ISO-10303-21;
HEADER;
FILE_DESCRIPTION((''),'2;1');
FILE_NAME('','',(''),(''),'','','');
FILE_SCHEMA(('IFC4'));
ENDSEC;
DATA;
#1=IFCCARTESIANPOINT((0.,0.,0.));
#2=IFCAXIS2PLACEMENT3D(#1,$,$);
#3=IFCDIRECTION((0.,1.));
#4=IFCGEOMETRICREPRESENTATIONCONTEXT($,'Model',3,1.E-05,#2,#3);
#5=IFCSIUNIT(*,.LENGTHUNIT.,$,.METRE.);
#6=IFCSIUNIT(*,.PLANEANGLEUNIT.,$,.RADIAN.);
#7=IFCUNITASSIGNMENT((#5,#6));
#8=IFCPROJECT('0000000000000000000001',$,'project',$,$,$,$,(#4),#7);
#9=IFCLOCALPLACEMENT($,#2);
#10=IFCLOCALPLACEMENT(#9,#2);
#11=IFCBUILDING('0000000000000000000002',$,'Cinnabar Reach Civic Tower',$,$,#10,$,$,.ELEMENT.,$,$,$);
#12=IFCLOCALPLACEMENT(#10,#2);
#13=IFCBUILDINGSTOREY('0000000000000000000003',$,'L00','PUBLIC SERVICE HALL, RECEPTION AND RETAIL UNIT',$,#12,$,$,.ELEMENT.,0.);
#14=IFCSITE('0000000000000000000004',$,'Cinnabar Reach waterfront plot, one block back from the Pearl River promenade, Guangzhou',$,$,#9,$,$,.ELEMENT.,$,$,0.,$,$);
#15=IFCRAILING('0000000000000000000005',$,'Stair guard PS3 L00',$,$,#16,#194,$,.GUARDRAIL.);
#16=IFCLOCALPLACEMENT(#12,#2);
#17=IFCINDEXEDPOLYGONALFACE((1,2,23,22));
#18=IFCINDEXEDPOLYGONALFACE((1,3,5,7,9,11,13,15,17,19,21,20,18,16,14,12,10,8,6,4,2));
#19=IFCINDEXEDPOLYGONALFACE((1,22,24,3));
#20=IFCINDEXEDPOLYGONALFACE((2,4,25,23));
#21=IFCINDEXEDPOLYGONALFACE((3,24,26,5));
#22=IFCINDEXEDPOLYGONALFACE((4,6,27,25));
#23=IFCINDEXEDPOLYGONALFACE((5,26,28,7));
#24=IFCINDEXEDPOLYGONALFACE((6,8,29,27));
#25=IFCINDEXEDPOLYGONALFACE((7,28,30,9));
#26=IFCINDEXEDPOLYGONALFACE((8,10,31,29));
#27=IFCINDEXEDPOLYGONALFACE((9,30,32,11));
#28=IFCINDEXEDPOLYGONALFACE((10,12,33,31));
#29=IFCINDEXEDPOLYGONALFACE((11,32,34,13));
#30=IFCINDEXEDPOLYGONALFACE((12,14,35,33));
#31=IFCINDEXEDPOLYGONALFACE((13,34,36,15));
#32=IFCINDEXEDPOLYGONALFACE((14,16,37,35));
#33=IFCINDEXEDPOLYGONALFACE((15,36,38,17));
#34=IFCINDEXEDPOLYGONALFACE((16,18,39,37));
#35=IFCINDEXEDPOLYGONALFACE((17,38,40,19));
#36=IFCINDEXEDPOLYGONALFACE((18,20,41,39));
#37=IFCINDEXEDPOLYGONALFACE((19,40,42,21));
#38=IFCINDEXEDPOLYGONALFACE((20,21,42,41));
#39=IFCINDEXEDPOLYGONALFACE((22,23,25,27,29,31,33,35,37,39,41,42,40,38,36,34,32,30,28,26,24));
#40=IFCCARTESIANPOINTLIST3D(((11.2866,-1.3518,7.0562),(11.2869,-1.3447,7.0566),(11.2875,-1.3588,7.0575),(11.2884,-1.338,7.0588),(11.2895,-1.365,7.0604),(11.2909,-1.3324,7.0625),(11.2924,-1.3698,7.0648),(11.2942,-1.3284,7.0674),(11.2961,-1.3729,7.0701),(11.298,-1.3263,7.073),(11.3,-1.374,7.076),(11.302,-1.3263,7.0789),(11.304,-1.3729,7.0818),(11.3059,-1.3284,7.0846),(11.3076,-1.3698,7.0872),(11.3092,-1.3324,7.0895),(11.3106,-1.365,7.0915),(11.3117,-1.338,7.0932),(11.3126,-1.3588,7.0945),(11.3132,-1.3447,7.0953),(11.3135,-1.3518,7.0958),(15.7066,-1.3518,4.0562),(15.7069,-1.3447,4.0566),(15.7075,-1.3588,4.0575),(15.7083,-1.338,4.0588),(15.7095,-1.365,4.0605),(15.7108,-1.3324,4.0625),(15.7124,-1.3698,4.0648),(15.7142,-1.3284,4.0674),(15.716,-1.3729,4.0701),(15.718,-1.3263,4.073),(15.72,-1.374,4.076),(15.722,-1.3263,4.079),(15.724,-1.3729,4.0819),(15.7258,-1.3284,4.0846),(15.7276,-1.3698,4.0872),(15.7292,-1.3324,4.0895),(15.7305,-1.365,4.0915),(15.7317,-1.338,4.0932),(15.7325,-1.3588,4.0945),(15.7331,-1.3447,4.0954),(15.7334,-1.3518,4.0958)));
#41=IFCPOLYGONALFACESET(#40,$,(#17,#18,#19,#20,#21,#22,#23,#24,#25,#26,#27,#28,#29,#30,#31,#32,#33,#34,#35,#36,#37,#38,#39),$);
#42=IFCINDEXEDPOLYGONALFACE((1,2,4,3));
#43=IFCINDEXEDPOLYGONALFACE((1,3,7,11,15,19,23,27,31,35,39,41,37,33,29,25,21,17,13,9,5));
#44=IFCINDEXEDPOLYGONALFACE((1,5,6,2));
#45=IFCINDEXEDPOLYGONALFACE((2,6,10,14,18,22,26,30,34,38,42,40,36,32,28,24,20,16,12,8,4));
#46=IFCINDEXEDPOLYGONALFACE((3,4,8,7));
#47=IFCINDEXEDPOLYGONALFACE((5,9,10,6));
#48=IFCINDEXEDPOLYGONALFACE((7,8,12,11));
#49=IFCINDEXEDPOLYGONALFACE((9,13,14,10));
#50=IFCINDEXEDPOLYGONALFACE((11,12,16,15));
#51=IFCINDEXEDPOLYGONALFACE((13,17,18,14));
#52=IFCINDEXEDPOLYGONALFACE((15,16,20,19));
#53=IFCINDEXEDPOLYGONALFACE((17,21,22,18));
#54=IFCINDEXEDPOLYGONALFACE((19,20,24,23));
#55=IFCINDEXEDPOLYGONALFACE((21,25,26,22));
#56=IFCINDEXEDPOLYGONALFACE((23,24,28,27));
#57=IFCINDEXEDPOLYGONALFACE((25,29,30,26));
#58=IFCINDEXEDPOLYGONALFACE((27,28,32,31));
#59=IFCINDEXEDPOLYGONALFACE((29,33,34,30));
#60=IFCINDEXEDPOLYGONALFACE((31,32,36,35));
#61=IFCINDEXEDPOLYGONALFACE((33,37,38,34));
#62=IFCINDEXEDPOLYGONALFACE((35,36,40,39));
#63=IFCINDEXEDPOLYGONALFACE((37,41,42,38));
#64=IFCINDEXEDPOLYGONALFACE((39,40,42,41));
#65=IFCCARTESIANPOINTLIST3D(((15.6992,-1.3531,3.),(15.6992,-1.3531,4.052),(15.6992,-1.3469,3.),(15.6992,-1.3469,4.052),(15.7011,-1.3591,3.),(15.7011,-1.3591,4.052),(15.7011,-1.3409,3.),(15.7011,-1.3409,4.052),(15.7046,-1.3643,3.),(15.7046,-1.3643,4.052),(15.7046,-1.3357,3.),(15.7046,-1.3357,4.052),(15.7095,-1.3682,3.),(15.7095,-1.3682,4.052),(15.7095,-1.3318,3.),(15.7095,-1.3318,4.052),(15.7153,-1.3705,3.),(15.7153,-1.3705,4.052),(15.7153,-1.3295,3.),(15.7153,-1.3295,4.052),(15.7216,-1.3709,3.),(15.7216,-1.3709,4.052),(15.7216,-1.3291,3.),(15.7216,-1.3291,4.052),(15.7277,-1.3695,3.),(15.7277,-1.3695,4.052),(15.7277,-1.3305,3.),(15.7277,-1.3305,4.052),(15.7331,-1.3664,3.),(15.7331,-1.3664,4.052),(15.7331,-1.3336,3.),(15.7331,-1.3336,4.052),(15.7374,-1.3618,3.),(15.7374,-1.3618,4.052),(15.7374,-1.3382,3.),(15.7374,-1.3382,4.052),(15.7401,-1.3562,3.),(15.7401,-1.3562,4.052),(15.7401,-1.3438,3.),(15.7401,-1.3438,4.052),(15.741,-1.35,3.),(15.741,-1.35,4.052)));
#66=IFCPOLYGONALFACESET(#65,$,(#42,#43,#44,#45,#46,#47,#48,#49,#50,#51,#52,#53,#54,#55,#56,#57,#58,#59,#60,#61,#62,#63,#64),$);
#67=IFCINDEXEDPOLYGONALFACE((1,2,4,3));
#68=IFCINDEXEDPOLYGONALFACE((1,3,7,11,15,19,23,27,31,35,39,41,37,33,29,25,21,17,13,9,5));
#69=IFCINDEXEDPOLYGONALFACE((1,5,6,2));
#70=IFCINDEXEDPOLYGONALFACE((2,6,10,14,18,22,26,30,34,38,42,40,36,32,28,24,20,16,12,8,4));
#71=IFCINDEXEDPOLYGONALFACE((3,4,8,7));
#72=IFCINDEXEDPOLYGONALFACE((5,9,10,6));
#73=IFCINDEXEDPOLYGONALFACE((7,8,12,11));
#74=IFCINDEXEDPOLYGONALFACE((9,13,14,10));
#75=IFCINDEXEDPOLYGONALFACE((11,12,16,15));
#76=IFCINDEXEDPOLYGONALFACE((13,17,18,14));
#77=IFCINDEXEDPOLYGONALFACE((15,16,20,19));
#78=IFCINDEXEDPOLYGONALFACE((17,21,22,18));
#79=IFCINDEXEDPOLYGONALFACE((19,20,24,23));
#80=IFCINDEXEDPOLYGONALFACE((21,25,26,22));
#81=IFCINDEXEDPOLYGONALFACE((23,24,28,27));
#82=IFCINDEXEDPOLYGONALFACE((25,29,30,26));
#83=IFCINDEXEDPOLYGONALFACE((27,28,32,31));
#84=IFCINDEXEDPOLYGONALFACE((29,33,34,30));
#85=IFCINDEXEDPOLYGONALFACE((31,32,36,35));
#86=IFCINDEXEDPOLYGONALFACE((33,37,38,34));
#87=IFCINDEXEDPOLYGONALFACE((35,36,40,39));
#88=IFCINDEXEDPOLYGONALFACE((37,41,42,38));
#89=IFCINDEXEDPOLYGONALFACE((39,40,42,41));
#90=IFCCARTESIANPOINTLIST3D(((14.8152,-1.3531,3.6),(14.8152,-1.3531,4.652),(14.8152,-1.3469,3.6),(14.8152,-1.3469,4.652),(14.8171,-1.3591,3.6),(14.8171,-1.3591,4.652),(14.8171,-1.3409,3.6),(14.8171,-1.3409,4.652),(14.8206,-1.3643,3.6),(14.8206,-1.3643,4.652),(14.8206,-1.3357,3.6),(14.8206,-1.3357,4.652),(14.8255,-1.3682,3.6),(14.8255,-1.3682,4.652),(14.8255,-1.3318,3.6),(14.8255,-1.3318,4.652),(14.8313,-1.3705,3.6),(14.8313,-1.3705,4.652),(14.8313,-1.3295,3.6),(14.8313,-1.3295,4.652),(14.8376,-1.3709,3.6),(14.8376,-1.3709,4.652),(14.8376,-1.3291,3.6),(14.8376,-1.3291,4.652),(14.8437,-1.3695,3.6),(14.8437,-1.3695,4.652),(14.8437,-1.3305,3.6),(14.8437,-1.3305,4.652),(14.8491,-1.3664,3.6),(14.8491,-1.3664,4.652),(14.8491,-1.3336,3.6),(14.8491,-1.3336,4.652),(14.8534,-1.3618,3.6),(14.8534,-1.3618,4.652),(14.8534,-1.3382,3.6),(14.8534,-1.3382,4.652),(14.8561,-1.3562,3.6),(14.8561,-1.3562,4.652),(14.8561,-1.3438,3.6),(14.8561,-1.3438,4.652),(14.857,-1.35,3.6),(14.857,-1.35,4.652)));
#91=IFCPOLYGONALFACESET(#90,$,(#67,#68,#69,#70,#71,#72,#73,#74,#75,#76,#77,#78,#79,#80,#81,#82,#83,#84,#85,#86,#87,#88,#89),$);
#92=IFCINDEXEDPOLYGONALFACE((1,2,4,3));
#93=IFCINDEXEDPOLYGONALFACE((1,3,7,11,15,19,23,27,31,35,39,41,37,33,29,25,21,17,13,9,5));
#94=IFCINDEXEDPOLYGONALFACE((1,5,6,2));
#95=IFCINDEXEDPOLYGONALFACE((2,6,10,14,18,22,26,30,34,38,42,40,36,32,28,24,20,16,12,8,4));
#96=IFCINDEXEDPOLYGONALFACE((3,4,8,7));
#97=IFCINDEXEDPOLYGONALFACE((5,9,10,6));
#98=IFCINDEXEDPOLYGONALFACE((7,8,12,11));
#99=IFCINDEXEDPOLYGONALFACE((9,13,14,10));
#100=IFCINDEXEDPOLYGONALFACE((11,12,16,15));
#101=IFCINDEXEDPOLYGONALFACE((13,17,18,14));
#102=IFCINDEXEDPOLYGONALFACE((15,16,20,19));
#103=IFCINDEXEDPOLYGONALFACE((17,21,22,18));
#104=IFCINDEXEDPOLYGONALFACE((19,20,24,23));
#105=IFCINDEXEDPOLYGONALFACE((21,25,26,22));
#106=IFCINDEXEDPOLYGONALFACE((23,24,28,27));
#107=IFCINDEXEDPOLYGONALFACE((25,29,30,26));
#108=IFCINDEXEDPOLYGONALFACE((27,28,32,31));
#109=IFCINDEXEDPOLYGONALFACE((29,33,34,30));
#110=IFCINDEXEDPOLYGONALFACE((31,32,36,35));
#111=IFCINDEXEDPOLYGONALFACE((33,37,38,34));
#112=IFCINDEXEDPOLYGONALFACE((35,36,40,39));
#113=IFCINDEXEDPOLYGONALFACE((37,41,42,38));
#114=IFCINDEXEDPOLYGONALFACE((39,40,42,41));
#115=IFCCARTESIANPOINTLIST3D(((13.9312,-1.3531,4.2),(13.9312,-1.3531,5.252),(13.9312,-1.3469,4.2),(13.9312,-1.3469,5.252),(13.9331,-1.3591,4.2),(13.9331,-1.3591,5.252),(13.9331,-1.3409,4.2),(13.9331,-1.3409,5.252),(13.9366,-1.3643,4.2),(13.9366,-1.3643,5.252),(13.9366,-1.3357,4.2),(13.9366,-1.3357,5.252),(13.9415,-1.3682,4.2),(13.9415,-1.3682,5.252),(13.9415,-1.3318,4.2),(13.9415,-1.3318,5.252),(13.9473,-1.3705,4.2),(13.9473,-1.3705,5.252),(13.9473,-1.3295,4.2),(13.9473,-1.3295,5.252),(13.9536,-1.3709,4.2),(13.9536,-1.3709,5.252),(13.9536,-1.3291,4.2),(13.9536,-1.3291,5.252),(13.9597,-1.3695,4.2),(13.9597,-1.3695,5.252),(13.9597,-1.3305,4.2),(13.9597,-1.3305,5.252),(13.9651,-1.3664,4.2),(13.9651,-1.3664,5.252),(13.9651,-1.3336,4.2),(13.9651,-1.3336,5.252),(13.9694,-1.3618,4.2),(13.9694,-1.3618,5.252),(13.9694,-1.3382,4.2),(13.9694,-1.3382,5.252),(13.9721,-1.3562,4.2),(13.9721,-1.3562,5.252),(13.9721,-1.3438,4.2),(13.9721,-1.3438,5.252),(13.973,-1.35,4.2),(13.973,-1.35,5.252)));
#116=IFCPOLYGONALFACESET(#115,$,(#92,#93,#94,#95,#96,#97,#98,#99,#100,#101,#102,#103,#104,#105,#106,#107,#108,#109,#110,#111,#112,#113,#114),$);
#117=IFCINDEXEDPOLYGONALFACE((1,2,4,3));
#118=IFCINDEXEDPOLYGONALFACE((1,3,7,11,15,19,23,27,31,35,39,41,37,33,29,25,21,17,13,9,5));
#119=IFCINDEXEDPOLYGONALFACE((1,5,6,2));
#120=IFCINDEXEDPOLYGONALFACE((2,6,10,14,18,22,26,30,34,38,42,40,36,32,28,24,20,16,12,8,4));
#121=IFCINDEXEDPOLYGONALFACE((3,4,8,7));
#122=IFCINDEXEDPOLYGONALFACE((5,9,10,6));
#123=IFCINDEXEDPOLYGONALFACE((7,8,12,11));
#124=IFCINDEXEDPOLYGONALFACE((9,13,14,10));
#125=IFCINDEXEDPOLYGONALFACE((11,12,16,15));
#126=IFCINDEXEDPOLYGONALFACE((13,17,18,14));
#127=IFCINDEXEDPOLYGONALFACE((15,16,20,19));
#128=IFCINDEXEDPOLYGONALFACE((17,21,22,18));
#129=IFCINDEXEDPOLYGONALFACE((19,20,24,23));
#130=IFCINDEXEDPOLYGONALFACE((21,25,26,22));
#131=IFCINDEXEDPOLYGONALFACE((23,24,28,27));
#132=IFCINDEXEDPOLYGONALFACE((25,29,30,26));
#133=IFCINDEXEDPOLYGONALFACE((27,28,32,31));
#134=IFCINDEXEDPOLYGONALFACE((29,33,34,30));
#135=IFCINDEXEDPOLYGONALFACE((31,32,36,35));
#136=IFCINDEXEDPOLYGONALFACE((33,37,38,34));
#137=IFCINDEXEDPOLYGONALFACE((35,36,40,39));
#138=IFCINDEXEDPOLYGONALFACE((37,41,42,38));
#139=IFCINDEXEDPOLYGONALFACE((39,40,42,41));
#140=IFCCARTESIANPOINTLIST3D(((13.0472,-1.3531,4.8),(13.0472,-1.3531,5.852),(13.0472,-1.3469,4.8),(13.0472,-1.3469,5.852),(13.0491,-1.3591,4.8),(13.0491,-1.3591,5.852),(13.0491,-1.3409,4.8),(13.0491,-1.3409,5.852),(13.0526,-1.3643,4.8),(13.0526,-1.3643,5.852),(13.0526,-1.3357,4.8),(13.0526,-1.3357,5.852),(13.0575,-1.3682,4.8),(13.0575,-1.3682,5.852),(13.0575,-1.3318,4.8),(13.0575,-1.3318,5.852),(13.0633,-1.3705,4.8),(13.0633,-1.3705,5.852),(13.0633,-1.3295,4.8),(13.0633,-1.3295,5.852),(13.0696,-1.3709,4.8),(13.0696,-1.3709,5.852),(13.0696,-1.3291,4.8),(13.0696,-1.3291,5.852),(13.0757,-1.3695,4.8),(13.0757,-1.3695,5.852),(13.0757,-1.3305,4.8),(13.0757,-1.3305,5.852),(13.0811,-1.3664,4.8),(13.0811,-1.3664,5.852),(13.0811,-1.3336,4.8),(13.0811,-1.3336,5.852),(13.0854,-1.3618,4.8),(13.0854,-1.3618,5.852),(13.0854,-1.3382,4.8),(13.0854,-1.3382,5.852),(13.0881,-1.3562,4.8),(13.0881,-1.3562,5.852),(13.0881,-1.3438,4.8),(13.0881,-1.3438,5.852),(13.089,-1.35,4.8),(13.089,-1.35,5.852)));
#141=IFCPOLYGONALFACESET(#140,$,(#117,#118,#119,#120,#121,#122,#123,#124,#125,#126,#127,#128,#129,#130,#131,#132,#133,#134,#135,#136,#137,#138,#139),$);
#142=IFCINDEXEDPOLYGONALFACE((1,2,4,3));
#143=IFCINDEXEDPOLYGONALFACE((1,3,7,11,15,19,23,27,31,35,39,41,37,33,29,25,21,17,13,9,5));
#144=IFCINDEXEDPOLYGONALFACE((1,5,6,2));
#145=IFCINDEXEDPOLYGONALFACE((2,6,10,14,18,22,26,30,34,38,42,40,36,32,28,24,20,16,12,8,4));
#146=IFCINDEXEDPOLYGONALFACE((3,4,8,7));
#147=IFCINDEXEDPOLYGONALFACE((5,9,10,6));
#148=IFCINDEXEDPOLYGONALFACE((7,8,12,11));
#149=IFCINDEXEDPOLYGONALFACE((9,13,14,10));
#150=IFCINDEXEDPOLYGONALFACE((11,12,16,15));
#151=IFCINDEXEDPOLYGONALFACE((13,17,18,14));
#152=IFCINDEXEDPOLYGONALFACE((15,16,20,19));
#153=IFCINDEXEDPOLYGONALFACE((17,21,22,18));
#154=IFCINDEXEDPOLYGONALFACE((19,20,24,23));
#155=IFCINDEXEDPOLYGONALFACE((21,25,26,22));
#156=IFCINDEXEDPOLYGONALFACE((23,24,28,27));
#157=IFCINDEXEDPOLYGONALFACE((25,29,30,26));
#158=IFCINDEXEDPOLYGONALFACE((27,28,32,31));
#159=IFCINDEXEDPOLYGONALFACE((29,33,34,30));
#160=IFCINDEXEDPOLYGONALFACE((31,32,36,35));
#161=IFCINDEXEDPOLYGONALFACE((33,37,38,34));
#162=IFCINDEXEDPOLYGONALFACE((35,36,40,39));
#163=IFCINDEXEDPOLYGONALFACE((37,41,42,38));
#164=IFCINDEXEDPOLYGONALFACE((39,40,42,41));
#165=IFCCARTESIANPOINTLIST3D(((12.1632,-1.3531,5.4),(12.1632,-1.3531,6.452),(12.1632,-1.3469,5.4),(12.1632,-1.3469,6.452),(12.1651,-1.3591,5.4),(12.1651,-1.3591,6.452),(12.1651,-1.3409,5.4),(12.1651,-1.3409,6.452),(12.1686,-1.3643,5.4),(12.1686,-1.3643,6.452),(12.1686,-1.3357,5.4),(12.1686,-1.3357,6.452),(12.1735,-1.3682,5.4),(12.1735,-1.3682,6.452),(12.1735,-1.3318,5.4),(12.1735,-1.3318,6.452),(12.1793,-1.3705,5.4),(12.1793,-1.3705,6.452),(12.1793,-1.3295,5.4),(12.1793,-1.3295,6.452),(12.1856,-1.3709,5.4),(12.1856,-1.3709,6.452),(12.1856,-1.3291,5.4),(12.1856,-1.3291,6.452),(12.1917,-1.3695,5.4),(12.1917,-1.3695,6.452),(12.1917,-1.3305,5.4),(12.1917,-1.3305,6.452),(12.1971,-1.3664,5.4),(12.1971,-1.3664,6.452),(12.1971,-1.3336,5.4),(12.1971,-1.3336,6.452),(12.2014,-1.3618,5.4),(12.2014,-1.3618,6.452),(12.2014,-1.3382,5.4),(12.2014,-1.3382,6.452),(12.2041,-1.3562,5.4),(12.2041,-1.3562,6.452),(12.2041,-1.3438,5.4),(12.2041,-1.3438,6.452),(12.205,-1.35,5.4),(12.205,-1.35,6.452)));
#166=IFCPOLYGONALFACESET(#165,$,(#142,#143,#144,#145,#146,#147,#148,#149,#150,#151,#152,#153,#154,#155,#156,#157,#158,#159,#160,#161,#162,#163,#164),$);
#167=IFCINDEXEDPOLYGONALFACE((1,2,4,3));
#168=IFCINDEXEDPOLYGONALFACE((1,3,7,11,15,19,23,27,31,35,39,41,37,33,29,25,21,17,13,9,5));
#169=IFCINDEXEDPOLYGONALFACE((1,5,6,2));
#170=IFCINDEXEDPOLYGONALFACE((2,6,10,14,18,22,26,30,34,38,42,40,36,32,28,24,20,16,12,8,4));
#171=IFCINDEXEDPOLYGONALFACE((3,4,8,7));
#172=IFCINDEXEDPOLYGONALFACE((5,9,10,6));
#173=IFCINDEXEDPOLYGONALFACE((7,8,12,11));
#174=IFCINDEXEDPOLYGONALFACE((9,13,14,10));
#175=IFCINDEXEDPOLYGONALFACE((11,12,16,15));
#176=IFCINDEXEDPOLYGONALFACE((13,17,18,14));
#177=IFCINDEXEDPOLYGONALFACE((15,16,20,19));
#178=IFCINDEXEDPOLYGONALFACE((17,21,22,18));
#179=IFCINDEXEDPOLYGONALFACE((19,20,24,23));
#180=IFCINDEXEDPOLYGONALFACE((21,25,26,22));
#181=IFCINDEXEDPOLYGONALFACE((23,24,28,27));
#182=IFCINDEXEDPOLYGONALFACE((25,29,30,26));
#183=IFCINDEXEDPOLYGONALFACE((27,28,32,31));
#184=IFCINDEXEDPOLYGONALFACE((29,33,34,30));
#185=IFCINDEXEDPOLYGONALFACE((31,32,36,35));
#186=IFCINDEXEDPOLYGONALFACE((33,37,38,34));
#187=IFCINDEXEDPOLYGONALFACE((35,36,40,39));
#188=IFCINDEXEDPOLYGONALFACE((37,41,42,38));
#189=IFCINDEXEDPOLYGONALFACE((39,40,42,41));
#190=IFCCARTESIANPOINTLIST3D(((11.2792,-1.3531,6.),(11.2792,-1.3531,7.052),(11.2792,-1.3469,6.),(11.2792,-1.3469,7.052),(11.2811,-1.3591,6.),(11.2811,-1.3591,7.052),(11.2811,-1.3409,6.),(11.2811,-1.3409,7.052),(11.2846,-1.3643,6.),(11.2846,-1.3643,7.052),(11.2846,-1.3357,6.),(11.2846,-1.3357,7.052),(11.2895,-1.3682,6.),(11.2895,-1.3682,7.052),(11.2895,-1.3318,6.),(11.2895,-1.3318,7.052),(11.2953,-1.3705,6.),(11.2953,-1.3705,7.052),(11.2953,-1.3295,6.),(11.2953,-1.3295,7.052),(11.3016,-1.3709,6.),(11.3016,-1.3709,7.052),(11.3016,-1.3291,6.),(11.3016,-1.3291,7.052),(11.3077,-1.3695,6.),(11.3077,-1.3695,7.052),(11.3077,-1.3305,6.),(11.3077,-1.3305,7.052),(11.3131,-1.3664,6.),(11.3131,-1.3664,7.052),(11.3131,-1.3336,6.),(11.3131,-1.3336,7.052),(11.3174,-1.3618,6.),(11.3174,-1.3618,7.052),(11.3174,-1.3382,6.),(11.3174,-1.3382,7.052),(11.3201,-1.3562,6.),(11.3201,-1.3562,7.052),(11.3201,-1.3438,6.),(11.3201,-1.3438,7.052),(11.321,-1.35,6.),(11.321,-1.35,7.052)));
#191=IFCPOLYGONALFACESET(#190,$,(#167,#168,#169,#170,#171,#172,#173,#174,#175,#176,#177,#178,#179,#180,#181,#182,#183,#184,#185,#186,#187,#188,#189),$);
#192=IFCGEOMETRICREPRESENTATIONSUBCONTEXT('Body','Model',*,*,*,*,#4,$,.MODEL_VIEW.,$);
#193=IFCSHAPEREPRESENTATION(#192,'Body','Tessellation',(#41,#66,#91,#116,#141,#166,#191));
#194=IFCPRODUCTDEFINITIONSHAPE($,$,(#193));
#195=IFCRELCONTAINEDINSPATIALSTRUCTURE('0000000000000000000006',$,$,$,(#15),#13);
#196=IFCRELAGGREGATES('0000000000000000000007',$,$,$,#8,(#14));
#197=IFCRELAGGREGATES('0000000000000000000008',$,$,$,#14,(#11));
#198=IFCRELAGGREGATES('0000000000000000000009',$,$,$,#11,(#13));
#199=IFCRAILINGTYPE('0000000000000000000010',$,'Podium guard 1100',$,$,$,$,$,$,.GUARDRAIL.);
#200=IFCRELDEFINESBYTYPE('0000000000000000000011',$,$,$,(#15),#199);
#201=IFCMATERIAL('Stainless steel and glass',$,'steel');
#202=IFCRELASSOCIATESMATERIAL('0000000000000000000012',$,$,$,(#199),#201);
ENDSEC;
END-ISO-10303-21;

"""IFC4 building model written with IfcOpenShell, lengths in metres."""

from ifc_helpers import new_model, si_unit, direction, frame, origin, origin_2d, place, context, subcontext, project, spatial, circle, extrude, material, type_object, element, save


model = new_model("IFC4")

# Units and contexts
model_context = context("Model", 3, precision=1e-05, world=origin(), true_north=direction((0.0, 1.0)))
body_context = subcontext(model_context, "Body", "Model", "MODEL_VIEW")
ifc_project = project(units=[si_unit("LENGTHUNIT", "METRE"), si_unit("PLANEANGLEUNIT", "RADIAN")], contexts=[model_context])

# Site, building, storey
site_placement = place(None, origin())
site = spatial("IfcSite", under=ifc_project, at=site_placement, Name="Cinnabar Reach waterfront plot, one block back from the Pearl River promenade, Guangzhou", CompositionType="ELEMENT", RefElevation=0.0)
building_placement = place(site_placement, origin())
building = spatial("IfcBuilding", under=site, at=building_placement, Name="Cinnabar Reach Civic Tower", CompositionType="ELEMENT")
storey_placement = place(building_placement, origin())
storey = spatial("IfcBuildingStorey", under=building, at=storey_placement, Name="L00", Description="PUBLIC SERVICE HALL, RECEPTION AND RETAIL UNIT", CompositionType="ELEMENT", Elevation=0.0)

# Railing
ifc_material_1 = material(Name="Stainless steel and glass", Category="steel")
railing_type = type_object("IfcRailingType", Name="Podium guard 1100", PredefinedType="GUARDRAIL", material=ifc_material_1)
railing_1_placement = place(storey_placement, frame((15.72, -1.35, 3.0)))
element("IfcRailing", 1, at=railing_1_placement, inside=storey, type_object=railing_type, Name="Stair guard PS3 L00", PredefinedType="GUARDRAIL", context=body_context, shape_type="SweptSolid", body=[
    extrude(circle(Radius=0.024, at=origin_2d()), frame((0.0, 0.0, 1.076), z_axis=(-0.827414, 0.0, 0.561593), x_axis=(0.0, -1.0, 0.0)), (0.0, 0.0, 1.0), 5.3419),
    extrude(circle(Radius=0.021, at=origin_2d()), origin(), (0.0, 0.0, 1.0), 1.052),
    extrude(circle(Radius=0.021, at=origin_2d()), frame((-0.884, 0.0, 0.6)), (0.0, 0.0, 1.0), 1.052),
    extrude(circle(Radius=0.021, at=origin_2d()), frame((-1.768, 0.0, 1.2)), (0.0, 0.0, 1.0), 1.052),
    extrude(circle(Radius=0.021, at=origin_2d()), frame((-2.652, 0.0, 1.8)), (0.0, 0.0, 1.0), 1.052),
    extrude(circle(Radius=0.021, at=origin_2d()), frame((-3.536, 0.0, 2.4)), (0.0, 0.0, 1.0), 1.052),
    extrude(circle(Radius=0.021, at=origin_2d()), frame((-4.42, 0.0, 3.0)), (0.0, 0.0, 1.0), 1.052),
])

save(model, "model.ifc")
